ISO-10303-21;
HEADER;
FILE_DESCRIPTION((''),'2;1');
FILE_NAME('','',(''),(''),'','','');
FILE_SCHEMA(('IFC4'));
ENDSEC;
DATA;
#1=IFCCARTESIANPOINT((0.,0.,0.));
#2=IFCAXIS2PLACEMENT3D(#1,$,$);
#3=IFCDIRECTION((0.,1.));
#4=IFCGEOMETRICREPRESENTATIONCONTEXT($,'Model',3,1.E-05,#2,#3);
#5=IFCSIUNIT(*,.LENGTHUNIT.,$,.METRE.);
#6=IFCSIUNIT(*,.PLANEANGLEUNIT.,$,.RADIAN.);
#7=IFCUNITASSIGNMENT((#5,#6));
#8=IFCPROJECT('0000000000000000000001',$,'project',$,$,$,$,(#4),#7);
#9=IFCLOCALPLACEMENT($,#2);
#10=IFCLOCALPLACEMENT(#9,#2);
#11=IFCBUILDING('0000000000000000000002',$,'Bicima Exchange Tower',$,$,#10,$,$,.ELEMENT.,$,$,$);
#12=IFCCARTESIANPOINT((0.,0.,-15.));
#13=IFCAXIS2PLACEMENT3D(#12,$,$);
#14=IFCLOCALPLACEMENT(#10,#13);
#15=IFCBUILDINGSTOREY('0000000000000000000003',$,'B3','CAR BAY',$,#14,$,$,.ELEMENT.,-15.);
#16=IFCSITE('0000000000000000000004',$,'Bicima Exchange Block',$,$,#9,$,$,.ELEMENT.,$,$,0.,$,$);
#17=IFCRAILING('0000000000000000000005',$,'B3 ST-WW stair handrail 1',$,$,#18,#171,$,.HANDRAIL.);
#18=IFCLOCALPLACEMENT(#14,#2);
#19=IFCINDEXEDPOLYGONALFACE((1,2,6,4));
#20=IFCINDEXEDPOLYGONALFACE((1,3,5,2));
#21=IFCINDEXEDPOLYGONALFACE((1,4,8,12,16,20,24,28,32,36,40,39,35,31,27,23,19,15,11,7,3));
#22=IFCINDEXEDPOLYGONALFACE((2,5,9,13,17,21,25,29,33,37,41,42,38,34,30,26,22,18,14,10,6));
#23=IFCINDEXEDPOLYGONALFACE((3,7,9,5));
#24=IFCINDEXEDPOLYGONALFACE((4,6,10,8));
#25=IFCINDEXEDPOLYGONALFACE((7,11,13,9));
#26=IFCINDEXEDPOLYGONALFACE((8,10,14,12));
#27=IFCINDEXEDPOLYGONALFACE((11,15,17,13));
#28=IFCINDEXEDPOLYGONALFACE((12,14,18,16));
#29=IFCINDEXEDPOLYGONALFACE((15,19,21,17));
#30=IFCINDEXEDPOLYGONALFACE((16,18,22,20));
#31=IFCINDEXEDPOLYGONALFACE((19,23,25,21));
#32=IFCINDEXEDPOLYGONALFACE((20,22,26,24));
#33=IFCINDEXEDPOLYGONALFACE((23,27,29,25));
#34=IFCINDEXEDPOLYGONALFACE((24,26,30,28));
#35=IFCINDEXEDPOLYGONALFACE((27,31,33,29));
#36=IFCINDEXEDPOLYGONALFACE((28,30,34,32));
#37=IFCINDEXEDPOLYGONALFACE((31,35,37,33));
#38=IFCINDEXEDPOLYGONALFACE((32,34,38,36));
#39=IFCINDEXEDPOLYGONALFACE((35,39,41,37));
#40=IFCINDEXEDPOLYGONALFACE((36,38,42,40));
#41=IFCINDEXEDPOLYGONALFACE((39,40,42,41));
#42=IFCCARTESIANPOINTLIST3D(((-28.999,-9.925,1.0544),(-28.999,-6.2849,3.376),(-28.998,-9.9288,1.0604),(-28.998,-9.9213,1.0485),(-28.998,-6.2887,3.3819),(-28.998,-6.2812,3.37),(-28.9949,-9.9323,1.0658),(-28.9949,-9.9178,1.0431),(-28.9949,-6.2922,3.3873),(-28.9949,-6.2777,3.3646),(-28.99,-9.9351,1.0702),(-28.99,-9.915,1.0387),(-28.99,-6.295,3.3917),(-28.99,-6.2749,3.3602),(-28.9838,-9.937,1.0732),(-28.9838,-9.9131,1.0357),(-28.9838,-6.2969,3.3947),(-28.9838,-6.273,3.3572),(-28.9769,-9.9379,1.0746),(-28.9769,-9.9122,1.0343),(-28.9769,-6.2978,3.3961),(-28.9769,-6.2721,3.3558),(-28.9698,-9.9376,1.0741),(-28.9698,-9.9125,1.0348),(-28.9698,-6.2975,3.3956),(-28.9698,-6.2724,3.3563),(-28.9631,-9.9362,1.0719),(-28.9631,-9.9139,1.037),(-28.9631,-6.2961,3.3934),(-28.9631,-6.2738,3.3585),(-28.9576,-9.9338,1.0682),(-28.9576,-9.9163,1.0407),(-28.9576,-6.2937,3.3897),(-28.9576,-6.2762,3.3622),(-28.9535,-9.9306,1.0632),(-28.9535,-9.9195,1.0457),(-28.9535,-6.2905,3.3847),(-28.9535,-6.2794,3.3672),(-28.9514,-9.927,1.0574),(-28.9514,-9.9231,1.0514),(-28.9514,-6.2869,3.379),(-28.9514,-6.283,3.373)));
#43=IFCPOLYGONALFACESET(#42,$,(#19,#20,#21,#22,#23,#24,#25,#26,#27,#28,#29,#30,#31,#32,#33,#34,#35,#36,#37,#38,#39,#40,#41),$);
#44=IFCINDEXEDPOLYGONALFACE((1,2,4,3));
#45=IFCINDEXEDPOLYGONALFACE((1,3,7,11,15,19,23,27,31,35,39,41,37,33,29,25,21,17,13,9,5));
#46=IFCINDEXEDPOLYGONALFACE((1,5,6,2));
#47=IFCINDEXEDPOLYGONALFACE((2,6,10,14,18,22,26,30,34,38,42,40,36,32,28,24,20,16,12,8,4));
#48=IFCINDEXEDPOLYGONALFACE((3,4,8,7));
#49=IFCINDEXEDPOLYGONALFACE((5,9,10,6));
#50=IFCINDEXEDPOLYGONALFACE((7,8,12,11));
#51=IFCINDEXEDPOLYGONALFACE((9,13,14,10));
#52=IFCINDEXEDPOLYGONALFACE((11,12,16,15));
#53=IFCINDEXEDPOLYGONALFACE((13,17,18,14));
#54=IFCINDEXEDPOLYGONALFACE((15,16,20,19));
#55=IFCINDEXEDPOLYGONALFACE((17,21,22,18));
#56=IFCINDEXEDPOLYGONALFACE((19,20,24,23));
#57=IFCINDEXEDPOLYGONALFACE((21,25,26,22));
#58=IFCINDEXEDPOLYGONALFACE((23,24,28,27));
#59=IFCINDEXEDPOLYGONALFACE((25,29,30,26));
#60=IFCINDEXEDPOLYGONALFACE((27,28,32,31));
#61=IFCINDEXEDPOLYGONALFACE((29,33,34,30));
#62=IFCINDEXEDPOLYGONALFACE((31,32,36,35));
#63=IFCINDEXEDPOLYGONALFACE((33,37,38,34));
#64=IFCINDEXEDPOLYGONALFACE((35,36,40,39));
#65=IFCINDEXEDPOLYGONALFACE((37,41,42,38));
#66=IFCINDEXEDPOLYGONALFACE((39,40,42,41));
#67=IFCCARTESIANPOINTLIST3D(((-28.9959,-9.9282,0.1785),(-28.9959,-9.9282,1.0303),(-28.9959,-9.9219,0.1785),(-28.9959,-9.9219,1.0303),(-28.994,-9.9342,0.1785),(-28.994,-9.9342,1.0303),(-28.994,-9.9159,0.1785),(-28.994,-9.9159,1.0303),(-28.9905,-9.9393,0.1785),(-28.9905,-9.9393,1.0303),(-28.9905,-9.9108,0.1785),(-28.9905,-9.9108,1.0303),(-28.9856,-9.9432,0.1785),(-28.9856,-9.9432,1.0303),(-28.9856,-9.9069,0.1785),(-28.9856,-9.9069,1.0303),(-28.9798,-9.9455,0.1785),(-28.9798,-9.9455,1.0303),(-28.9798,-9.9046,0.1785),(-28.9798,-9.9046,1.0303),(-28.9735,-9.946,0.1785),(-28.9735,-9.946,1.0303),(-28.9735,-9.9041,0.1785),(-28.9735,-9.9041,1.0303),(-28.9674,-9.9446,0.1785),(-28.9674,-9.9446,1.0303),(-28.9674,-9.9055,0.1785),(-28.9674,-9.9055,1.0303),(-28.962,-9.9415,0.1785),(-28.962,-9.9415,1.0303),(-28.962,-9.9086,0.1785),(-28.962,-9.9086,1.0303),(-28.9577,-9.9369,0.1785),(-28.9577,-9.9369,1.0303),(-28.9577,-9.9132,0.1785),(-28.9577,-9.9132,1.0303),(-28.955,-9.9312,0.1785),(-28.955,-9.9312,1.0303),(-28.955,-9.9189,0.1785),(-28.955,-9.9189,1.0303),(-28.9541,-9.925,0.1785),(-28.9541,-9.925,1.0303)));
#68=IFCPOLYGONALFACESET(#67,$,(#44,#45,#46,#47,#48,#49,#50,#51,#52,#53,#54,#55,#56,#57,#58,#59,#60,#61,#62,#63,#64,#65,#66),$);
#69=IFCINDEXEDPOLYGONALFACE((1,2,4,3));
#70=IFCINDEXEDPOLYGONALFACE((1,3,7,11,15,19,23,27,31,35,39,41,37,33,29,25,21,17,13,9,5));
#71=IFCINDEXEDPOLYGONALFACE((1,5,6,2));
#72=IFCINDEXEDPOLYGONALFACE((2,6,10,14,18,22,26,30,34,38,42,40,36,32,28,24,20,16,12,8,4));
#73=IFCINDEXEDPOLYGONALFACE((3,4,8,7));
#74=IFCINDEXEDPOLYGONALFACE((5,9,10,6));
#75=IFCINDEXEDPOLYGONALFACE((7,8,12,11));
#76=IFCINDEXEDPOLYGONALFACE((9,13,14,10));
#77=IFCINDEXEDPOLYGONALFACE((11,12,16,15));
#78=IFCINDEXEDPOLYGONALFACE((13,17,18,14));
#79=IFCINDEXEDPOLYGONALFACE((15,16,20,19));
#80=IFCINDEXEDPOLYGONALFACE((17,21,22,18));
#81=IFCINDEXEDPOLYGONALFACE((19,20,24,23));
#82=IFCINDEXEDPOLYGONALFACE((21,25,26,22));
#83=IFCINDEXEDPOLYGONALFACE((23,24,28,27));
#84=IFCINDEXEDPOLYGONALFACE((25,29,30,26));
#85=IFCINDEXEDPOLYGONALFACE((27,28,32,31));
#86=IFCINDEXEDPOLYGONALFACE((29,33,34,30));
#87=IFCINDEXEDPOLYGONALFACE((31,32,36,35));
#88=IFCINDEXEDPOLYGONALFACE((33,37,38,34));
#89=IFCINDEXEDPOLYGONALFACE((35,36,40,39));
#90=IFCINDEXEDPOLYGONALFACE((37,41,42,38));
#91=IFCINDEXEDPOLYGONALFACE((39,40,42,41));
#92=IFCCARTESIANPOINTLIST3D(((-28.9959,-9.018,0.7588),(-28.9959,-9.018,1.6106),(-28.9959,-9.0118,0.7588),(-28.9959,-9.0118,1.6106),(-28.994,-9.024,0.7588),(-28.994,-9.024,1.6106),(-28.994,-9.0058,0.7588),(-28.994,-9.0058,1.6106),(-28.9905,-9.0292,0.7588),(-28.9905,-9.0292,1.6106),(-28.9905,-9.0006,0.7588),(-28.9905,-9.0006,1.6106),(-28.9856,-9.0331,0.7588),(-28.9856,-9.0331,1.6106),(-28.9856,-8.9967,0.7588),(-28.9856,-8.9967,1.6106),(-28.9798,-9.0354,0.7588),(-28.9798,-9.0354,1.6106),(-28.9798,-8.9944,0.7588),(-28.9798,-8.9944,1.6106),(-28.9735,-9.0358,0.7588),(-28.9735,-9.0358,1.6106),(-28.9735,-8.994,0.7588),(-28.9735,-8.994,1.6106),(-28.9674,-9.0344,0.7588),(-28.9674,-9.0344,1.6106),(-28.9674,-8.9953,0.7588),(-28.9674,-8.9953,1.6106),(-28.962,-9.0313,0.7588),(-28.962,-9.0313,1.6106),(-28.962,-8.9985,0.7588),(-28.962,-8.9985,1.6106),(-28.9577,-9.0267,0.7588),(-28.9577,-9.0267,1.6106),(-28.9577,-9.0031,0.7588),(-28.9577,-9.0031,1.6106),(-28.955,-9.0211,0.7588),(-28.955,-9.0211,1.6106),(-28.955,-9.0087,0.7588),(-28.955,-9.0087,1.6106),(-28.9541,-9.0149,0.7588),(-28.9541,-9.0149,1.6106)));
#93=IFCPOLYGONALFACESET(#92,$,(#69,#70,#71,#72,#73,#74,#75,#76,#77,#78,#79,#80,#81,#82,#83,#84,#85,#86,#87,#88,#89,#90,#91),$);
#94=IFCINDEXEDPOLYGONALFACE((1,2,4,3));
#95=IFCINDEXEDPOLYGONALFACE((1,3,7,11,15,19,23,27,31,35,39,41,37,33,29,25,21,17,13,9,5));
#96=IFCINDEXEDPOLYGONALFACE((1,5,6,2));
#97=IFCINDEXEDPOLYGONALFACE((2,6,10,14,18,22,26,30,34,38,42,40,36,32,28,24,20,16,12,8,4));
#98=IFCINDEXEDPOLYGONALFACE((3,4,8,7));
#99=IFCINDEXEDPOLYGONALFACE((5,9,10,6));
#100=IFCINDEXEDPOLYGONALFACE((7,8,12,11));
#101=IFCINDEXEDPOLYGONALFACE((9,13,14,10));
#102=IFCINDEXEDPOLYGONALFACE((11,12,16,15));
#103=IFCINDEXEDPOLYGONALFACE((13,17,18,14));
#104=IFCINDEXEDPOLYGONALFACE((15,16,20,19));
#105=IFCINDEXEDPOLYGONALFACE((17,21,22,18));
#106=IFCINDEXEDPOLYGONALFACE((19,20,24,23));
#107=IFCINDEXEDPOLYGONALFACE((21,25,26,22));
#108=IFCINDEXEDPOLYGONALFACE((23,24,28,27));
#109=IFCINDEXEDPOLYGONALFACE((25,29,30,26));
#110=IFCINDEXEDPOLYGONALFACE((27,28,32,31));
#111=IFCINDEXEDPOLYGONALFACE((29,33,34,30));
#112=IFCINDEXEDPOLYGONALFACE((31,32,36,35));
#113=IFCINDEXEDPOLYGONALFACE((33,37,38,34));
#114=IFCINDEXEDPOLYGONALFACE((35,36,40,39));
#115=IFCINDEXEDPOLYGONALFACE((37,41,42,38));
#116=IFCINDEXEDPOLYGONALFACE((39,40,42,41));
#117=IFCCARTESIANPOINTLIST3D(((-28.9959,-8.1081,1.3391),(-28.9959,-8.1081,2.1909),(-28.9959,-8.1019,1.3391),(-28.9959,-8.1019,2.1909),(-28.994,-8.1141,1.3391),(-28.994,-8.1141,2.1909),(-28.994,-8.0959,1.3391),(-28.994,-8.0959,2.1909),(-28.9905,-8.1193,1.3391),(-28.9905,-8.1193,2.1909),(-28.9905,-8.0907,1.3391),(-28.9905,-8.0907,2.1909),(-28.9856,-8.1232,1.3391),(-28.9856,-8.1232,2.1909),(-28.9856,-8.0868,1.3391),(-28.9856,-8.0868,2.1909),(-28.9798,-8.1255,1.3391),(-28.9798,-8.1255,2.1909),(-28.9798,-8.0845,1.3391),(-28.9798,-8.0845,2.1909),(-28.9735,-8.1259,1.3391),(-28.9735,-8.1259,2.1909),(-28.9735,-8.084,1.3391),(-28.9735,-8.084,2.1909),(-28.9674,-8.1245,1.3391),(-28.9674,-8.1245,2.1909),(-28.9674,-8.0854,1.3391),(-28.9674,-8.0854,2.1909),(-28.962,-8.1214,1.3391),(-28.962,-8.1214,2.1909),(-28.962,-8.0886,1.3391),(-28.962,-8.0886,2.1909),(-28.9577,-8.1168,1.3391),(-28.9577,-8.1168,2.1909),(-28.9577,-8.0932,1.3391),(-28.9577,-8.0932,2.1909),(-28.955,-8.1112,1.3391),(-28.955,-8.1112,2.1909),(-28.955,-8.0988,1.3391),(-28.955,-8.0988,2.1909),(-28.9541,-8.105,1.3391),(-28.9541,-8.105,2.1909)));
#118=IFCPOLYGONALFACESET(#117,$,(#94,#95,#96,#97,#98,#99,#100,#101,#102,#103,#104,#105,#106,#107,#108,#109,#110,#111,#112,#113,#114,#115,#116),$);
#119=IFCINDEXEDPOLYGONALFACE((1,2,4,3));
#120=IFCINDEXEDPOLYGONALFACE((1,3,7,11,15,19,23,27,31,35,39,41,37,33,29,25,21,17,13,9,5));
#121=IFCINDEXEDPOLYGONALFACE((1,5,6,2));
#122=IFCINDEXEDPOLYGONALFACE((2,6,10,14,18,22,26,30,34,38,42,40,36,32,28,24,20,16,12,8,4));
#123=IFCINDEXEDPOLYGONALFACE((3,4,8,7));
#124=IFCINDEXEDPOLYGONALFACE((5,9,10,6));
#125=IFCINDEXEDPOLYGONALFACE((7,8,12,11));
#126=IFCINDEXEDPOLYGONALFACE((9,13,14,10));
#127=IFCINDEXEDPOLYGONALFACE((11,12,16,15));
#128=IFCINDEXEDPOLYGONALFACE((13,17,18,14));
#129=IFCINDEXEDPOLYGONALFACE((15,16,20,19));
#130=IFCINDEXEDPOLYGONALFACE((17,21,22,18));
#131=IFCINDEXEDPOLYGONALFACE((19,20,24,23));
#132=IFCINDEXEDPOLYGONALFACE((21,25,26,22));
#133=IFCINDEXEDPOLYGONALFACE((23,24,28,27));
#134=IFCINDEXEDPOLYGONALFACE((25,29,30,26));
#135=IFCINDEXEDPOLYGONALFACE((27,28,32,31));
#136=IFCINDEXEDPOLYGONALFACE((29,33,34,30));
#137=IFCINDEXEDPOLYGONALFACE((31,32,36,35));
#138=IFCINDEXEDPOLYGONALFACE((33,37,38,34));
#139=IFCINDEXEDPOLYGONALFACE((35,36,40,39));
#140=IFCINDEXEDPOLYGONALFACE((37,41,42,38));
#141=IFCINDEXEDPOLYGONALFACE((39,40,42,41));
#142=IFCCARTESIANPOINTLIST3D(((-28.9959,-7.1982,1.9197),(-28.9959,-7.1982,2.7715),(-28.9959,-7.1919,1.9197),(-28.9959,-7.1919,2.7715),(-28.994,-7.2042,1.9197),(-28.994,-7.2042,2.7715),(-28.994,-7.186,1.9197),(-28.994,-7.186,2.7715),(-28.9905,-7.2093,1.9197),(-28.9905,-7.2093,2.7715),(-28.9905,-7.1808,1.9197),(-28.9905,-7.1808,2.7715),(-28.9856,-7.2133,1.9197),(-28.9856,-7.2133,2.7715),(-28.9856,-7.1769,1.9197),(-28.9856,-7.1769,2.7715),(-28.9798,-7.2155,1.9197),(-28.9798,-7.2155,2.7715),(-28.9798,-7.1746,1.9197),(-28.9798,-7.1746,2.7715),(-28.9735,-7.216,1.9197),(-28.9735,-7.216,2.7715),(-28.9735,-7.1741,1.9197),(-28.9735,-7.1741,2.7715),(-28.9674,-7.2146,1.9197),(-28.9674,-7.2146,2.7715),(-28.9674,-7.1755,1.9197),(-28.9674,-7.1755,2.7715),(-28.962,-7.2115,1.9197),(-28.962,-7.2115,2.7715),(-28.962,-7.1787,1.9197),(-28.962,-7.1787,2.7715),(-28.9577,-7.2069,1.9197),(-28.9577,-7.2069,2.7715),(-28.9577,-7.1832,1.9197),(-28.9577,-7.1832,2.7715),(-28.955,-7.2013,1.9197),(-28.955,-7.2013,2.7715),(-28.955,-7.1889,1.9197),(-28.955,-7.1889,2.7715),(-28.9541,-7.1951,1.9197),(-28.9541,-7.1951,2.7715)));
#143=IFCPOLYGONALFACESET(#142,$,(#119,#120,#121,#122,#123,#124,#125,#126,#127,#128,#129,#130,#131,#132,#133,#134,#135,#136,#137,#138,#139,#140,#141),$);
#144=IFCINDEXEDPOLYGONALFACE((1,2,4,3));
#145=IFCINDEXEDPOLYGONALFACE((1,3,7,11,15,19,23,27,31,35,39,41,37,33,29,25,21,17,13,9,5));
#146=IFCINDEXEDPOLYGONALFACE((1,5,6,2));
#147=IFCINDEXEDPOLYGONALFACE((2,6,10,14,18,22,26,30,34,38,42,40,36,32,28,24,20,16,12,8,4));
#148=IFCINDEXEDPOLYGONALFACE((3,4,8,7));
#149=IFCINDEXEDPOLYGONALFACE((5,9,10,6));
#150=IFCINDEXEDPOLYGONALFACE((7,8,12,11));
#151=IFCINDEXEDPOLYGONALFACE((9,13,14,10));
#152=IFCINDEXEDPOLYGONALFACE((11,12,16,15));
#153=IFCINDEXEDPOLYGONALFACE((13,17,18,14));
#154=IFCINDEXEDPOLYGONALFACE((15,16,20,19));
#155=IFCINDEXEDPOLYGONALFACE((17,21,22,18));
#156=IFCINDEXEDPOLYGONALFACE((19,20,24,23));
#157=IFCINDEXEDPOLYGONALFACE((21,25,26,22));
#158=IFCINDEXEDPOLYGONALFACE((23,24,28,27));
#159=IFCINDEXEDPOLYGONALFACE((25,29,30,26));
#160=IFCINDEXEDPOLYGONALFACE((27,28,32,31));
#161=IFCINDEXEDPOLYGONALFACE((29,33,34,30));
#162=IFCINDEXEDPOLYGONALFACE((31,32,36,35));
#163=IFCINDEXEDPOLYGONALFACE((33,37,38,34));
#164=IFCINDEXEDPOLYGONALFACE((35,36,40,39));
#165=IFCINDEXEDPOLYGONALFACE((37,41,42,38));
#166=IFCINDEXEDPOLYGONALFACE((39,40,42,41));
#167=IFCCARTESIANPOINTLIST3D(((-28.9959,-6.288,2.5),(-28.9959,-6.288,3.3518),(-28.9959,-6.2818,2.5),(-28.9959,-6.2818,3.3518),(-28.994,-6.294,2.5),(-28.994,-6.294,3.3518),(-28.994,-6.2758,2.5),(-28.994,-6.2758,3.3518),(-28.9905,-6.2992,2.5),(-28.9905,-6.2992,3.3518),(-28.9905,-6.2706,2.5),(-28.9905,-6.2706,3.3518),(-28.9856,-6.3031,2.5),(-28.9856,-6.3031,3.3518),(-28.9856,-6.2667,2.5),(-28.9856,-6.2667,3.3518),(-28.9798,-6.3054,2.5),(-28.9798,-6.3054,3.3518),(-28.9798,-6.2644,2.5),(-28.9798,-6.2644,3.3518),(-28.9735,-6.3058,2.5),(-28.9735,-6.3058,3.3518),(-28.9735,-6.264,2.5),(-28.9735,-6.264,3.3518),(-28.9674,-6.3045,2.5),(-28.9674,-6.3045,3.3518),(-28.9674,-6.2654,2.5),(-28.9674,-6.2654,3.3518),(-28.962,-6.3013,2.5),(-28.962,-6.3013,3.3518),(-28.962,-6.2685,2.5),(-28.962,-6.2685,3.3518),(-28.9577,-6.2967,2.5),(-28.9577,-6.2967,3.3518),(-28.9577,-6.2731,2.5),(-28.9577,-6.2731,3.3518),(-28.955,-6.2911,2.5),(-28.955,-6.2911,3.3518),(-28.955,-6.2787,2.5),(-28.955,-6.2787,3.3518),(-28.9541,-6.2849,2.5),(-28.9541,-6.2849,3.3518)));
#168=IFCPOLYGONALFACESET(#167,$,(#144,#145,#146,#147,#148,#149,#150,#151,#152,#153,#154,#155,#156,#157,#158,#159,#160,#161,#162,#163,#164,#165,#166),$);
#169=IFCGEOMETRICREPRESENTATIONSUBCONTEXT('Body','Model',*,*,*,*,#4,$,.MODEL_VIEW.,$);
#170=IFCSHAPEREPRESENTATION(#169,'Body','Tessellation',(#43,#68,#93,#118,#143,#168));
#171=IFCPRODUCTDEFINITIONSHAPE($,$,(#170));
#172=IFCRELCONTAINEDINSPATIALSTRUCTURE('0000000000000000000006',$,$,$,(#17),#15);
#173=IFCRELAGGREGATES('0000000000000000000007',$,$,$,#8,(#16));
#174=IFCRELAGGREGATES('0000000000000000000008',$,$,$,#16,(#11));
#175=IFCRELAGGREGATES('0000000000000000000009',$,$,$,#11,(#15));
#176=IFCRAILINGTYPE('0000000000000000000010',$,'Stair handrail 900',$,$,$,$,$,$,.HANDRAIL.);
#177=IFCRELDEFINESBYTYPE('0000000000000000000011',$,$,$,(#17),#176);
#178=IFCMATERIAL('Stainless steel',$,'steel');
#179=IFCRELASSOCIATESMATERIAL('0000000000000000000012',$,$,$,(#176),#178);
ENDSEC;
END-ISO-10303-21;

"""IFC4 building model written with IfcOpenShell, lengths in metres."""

from ifc_helpers import new_model, si_unit, direction, frame, origin, origin_2d, place, context, subcontext, project, spatial, circle, extrude, material, type_object, element, save


model = new_model("IFC4")

# Units and contexts
model_context = context("Model", 3, precision=1e-05, world=origin(), true_north=direction((0.0, 1.0)))
body_context = subcontext(model_context, "Body", "Model", "MODEL_VIEW")
ifc_project = project(units=[si_unit("LENGTHUNIT", "METRE"), si_unit("PLANEANGLEUNIT", "RADIAN")], contexts=[model_context])

# Site, building, storey
site_placement = place(None, origin())
site = spatial("IfcSite", under=ifc_project, at=site_placement, Name="Bicima Exchange Block", CompositionType="ELEMENT", RefElevation=0.0)
building_placement = place(site_placement, origin())
building = spatial("IfcBuilding", under=site, at=building_placement, Name="Bicima Exchange Tower", CompositionType="ELEMENT")
storey_placement = place(building_placement, frame((0.0, 0.0, -15.0)))
storey = spatial("IfcBuildingStorey", under=building, at=storey_placement, Name="B3", Description="CAR BAY", CompositionType="ELEMENT", Elevation=-15.0)

# Railing
ifc_material_1 = material(Name="Stainless steel", Category="steel")
railing_type = type_object("IfcRailingType", Name="Stair handrail 900", PredefinedType="HANDRAIL", material=ifc_material_1)
railing_1_placement = place(storey_placement, frame((-28.9751, -9.925, 0.1785)))
element("IfcRailing", 1, at=railing_1_placement, inside=storey, type_object=railing_type, Name="B3 ST-WW stair handrail 1", PredefinedType="HANDRAIL", context=body_context, shape_type="SweptSolid", body=[
    extrude(circle(Radius=0.0239, at=origin_2d()), frame((0.0, 0.0, 0.876), z_axis=(0.0, 0.843128, 0.537713), x_axis=(-1.0, 0.0, 0.0)), (0.0, 0.0, 1.0), 4.3174),
    extrude(circle(Radius=0.021, at=origin_2d()), origin(), (0.0, 0.0, 1.0), 0.8518),
    extrude(circle(Radius=0.021, at=origin_2d()), frame((0.0, 0.9102, 0.5803)), (0.0, 0.0, 1.0), 0.8518),
    extrude(circle(Radius=0.021, at=origin_2d()), frame((0.0, 1.8201, 1.1606)), (0.0, 0.0, 1.0), 0.8518),
    extrude(circle(Radius=0.021, at=origin_2d()), frame((0.0, 2.73, 1.7412)), (0.0, 0.0, 1.0), 0.8518),
    extrude(circle(Radius=0.021, at=origin_2d()), frame((0.0, 3.6401, 2.3215)), (0.0, 0.0, 1.0), 0.8518),
])

save(model, "model.ifc")
